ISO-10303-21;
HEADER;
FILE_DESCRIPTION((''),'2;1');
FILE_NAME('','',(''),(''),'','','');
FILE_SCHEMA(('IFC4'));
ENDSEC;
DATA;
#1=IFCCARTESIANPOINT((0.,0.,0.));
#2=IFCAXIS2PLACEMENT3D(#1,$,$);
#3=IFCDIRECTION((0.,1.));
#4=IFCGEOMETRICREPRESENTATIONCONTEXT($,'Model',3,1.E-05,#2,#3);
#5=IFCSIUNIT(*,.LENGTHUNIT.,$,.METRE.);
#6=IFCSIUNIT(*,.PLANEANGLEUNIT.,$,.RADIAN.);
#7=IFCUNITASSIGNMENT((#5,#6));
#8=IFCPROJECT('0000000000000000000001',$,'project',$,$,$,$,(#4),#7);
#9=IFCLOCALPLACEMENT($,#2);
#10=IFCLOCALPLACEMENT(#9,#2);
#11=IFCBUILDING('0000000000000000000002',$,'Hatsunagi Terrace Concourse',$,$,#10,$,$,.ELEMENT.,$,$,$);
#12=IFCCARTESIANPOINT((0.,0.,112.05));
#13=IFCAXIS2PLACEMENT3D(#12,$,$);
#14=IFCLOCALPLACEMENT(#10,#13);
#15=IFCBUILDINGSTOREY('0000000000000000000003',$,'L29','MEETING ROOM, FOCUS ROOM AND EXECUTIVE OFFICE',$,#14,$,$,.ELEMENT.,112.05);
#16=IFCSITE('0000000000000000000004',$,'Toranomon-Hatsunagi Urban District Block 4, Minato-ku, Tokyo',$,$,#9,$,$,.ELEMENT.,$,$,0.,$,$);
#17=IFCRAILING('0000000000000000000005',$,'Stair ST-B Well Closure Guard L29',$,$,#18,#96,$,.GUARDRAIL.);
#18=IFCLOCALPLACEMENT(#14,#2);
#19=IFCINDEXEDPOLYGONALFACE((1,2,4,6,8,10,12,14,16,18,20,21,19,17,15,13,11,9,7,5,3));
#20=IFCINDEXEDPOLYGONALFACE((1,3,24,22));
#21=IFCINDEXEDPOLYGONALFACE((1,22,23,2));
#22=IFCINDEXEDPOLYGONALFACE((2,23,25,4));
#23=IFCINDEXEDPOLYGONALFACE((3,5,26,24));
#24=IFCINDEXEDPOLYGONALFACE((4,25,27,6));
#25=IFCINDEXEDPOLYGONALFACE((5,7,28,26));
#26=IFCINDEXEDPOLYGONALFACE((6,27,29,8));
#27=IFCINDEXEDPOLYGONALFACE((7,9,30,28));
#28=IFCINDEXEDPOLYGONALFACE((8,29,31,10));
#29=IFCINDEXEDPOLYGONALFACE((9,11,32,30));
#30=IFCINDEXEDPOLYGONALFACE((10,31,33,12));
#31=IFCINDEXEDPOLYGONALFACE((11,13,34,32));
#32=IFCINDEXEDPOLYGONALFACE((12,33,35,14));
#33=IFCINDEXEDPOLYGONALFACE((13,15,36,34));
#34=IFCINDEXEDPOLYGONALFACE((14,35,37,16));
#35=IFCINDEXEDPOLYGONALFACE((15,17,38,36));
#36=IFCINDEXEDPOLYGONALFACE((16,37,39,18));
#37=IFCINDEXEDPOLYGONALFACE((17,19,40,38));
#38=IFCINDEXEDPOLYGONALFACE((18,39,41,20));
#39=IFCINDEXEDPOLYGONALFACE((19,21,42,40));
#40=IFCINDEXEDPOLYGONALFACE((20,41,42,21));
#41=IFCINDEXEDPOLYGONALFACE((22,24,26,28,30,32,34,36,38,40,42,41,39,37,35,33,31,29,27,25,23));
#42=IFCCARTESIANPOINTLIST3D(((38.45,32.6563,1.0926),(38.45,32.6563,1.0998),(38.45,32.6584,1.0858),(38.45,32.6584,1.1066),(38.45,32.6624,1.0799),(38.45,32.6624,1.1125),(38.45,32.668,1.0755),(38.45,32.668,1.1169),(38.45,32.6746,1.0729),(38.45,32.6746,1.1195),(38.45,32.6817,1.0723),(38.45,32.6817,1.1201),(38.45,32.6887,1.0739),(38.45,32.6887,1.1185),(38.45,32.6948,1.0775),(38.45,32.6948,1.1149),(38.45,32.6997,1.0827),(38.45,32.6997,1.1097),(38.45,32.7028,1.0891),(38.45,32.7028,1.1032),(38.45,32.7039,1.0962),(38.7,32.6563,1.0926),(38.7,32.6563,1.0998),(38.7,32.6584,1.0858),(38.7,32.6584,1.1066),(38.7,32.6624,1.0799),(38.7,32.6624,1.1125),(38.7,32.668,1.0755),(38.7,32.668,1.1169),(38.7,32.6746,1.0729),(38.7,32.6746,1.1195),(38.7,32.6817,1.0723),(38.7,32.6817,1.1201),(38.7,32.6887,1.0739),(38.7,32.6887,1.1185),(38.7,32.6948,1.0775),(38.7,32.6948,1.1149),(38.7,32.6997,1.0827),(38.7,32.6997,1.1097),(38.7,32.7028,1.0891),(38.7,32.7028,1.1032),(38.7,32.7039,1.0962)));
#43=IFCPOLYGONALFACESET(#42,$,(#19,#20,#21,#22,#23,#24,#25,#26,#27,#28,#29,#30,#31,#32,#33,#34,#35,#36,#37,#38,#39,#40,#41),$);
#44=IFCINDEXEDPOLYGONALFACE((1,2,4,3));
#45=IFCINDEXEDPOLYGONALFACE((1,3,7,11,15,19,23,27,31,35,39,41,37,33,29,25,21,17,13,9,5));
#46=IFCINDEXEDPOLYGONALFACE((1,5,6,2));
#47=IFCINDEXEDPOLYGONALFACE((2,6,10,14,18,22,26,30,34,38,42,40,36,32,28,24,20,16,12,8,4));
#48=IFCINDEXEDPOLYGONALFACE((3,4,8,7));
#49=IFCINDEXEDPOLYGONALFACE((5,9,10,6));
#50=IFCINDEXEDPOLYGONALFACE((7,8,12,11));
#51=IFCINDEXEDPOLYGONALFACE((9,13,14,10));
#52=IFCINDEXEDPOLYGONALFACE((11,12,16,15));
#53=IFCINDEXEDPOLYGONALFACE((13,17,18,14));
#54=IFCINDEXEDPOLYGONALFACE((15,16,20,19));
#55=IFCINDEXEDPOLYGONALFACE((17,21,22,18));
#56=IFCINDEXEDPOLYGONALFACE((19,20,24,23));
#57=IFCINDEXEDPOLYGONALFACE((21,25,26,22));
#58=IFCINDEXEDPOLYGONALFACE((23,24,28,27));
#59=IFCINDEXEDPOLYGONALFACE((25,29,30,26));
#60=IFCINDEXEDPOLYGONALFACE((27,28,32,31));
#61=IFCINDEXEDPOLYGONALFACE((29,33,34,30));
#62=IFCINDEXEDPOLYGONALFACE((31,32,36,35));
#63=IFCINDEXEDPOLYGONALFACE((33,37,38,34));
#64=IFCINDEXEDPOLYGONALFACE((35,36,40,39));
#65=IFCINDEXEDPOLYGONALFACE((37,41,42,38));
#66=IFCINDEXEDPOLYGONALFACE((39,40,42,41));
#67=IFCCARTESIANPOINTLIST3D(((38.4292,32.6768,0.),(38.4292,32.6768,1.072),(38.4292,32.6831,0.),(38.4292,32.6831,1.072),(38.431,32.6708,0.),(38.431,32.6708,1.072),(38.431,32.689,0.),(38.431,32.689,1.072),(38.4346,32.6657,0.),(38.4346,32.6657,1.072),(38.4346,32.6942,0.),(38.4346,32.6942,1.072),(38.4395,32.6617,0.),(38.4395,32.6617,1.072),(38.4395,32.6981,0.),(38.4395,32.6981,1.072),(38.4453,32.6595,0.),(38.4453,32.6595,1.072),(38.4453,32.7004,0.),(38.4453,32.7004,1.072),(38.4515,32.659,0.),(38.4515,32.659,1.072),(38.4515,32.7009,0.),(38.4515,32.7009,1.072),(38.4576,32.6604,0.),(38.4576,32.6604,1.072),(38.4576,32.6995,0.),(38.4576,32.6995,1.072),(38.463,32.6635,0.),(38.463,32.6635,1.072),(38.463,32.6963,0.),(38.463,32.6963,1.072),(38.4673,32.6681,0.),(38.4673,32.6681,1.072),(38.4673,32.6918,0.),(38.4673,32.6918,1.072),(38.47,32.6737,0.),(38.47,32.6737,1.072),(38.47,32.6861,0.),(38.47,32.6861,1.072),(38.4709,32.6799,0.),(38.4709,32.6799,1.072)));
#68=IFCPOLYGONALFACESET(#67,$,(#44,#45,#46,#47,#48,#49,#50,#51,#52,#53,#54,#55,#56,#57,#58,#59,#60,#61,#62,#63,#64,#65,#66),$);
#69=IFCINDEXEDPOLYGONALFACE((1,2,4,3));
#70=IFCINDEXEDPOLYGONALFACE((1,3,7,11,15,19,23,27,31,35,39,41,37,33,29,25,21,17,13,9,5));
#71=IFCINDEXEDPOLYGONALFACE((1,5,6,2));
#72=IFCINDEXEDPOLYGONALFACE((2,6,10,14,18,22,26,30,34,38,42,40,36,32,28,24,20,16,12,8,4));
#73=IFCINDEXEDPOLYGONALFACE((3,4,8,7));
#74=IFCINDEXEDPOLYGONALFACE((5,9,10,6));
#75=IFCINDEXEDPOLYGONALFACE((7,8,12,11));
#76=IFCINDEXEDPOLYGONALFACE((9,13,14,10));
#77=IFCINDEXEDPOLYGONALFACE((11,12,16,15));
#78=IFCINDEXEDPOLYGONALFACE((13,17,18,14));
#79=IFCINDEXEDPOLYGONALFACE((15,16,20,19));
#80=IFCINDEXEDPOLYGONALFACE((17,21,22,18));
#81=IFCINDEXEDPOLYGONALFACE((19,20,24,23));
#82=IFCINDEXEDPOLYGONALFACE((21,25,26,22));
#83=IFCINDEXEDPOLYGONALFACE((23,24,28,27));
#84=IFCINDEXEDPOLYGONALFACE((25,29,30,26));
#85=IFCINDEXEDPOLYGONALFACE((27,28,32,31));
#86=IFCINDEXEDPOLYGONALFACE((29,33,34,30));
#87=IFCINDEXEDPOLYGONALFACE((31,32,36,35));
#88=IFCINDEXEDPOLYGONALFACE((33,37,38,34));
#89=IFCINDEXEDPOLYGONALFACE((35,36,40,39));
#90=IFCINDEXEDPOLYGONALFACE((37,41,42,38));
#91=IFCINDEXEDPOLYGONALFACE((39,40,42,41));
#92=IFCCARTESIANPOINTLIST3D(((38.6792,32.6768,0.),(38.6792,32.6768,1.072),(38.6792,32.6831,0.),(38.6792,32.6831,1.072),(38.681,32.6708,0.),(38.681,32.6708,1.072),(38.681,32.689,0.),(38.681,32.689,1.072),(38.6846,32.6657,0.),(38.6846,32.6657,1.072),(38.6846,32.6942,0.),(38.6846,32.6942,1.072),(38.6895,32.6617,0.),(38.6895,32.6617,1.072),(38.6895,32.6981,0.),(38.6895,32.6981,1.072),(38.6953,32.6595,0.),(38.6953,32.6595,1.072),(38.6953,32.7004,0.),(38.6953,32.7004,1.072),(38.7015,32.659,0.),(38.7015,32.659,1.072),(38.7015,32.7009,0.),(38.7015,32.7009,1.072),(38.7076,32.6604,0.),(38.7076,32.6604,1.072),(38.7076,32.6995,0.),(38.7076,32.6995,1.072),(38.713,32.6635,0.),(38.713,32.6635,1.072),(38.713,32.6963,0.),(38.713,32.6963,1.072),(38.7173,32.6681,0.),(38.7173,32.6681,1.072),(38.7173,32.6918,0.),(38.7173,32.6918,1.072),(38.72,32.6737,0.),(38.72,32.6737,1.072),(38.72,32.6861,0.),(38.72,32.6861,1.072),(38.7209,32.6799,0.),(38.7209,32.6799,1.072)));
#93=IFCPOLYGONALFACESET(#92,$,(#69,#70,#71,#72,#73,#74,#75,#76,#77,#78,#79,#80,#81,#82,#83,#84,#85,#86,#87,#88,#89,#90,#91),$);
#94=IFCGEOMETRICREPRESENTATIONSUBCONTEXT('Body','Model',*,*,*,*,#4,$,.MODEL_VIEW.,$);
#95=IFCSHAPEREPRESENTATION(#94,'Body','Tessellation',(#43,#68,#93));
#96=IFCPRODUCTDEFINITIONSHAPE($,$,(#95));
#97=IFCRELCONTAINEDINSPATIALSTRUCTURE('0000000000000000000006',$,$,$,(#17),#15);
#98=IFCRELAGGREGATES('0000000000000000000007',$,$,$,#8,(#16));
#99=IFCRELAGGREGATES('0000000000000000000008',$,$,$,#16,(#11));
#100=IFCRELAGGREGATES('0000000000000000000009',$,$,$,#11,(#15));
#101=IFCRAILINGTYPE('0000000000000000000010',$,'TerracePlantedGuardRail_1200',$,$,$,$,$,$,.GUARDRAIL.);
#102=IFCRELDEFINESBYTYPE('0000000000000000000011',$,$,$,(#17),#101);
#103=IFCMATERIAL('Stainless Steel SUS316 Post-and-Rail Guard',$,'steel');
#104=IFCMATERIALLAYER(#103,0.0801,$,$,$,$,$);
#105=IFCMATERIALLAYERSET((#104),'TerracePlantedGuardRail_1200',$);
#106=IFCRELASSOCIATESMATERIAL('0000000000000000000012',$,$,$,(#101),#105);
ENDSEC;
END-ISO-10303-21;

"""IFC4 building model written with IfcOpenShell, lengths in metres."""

from ifc_helpers import new_model, si_unit, direction, frame, origin, origin_2d, place, context, subcontext, project, spatial, circle, extrude, material, layer, layer_set, type_object, element, save


model = new_model("IFC4")

# Units and contexts
model_context = context("Model", 3, precision=1e-05, world=origin(), true_north=direction((0.0, 1.0)))
body_context = subcontext(model_context, "Body", "Model", "MODEL_VIEW")
ifc_project = project(units=[si_unit("LENGTHUNIT", "METRE"), si_unit("PLANEANGLEUNIT", "RADIAN")], contexts=[model_context])

# Site, building, storey
site_placement = place(None, origin())
site = spatial("IfcSite", under=ifc_project, at=site_placement, Name="Toranomon-Hatsunagi Urban District Block 4, Minato-ku, Tokyo", CompositionType="ELEMENT", RefElevation=0.0)
building_placement = place(site_placement, origin())
building = spatial("IfcBuilding", under=site, at=building_placement, Name="Hatsunagi Terrace Concourse", CompositionType="ELEMENT")
storey_placement = place(building_placement, frame((0.0, 0.0, 112.05)))
storey = spatial("IfcBuildingStorey", under=building, at=storey_placement, Name="L29", Description="MEETING ROOM, FOCUS ROOM AND EXECUTIVE OFFICE", CompositionType="ELEMENT", Elevation=112.05)

# Railing
ifc_material_1 = material(Name="Stainless Steel SUS316 Post-and-Rail Guard", Category="steel")
ifc_layer_1 = layer(ifc_material_1, 0.0801)
ifc_layer_set_1 = layer_set([ifc_layer_1], Name="TerracePlantedGuardRail_1200")
railing_type_1 = type_object("IfcRailingType", Name="TerracePlantedGuardRail_1200", PredefinedType="GUARDRAIL", material=ifc_layer_set_1)
railing_1_placement = place(storey_placement, frame((38.45, 32.6799, 0.0)))
element("IfcRailing", 1, at=railing_1_placement, inside=storey, type_object=railing_type_1, Name="Stair ST-B Well Closure Guard L29", PredefinedType="GUARDRAIL", context=body_context, shape_type="SweptSolid", body=[
    extrude(circle(Radius=0.0239, at=origin_2d()), frame((0.0, 0.0, 1.0962), z_axis=(1.0, 0.0, 0.0), x_axis=(0.0, 1.0, 0.0)), (0.0, 0.0, 1.0), 0.25),
    extrude(circle(Radius=0.021, at=origin_2d()), origin(), (0.0, 0.0, 1.0), 1.072),
    extrude(circle(Radius=0.021, at=origin_2d()), frame((0.25, 0.0, 0.0)), (0.0, 0.0, 1.0), 1.072),
])

save(model, "model.ifc")
